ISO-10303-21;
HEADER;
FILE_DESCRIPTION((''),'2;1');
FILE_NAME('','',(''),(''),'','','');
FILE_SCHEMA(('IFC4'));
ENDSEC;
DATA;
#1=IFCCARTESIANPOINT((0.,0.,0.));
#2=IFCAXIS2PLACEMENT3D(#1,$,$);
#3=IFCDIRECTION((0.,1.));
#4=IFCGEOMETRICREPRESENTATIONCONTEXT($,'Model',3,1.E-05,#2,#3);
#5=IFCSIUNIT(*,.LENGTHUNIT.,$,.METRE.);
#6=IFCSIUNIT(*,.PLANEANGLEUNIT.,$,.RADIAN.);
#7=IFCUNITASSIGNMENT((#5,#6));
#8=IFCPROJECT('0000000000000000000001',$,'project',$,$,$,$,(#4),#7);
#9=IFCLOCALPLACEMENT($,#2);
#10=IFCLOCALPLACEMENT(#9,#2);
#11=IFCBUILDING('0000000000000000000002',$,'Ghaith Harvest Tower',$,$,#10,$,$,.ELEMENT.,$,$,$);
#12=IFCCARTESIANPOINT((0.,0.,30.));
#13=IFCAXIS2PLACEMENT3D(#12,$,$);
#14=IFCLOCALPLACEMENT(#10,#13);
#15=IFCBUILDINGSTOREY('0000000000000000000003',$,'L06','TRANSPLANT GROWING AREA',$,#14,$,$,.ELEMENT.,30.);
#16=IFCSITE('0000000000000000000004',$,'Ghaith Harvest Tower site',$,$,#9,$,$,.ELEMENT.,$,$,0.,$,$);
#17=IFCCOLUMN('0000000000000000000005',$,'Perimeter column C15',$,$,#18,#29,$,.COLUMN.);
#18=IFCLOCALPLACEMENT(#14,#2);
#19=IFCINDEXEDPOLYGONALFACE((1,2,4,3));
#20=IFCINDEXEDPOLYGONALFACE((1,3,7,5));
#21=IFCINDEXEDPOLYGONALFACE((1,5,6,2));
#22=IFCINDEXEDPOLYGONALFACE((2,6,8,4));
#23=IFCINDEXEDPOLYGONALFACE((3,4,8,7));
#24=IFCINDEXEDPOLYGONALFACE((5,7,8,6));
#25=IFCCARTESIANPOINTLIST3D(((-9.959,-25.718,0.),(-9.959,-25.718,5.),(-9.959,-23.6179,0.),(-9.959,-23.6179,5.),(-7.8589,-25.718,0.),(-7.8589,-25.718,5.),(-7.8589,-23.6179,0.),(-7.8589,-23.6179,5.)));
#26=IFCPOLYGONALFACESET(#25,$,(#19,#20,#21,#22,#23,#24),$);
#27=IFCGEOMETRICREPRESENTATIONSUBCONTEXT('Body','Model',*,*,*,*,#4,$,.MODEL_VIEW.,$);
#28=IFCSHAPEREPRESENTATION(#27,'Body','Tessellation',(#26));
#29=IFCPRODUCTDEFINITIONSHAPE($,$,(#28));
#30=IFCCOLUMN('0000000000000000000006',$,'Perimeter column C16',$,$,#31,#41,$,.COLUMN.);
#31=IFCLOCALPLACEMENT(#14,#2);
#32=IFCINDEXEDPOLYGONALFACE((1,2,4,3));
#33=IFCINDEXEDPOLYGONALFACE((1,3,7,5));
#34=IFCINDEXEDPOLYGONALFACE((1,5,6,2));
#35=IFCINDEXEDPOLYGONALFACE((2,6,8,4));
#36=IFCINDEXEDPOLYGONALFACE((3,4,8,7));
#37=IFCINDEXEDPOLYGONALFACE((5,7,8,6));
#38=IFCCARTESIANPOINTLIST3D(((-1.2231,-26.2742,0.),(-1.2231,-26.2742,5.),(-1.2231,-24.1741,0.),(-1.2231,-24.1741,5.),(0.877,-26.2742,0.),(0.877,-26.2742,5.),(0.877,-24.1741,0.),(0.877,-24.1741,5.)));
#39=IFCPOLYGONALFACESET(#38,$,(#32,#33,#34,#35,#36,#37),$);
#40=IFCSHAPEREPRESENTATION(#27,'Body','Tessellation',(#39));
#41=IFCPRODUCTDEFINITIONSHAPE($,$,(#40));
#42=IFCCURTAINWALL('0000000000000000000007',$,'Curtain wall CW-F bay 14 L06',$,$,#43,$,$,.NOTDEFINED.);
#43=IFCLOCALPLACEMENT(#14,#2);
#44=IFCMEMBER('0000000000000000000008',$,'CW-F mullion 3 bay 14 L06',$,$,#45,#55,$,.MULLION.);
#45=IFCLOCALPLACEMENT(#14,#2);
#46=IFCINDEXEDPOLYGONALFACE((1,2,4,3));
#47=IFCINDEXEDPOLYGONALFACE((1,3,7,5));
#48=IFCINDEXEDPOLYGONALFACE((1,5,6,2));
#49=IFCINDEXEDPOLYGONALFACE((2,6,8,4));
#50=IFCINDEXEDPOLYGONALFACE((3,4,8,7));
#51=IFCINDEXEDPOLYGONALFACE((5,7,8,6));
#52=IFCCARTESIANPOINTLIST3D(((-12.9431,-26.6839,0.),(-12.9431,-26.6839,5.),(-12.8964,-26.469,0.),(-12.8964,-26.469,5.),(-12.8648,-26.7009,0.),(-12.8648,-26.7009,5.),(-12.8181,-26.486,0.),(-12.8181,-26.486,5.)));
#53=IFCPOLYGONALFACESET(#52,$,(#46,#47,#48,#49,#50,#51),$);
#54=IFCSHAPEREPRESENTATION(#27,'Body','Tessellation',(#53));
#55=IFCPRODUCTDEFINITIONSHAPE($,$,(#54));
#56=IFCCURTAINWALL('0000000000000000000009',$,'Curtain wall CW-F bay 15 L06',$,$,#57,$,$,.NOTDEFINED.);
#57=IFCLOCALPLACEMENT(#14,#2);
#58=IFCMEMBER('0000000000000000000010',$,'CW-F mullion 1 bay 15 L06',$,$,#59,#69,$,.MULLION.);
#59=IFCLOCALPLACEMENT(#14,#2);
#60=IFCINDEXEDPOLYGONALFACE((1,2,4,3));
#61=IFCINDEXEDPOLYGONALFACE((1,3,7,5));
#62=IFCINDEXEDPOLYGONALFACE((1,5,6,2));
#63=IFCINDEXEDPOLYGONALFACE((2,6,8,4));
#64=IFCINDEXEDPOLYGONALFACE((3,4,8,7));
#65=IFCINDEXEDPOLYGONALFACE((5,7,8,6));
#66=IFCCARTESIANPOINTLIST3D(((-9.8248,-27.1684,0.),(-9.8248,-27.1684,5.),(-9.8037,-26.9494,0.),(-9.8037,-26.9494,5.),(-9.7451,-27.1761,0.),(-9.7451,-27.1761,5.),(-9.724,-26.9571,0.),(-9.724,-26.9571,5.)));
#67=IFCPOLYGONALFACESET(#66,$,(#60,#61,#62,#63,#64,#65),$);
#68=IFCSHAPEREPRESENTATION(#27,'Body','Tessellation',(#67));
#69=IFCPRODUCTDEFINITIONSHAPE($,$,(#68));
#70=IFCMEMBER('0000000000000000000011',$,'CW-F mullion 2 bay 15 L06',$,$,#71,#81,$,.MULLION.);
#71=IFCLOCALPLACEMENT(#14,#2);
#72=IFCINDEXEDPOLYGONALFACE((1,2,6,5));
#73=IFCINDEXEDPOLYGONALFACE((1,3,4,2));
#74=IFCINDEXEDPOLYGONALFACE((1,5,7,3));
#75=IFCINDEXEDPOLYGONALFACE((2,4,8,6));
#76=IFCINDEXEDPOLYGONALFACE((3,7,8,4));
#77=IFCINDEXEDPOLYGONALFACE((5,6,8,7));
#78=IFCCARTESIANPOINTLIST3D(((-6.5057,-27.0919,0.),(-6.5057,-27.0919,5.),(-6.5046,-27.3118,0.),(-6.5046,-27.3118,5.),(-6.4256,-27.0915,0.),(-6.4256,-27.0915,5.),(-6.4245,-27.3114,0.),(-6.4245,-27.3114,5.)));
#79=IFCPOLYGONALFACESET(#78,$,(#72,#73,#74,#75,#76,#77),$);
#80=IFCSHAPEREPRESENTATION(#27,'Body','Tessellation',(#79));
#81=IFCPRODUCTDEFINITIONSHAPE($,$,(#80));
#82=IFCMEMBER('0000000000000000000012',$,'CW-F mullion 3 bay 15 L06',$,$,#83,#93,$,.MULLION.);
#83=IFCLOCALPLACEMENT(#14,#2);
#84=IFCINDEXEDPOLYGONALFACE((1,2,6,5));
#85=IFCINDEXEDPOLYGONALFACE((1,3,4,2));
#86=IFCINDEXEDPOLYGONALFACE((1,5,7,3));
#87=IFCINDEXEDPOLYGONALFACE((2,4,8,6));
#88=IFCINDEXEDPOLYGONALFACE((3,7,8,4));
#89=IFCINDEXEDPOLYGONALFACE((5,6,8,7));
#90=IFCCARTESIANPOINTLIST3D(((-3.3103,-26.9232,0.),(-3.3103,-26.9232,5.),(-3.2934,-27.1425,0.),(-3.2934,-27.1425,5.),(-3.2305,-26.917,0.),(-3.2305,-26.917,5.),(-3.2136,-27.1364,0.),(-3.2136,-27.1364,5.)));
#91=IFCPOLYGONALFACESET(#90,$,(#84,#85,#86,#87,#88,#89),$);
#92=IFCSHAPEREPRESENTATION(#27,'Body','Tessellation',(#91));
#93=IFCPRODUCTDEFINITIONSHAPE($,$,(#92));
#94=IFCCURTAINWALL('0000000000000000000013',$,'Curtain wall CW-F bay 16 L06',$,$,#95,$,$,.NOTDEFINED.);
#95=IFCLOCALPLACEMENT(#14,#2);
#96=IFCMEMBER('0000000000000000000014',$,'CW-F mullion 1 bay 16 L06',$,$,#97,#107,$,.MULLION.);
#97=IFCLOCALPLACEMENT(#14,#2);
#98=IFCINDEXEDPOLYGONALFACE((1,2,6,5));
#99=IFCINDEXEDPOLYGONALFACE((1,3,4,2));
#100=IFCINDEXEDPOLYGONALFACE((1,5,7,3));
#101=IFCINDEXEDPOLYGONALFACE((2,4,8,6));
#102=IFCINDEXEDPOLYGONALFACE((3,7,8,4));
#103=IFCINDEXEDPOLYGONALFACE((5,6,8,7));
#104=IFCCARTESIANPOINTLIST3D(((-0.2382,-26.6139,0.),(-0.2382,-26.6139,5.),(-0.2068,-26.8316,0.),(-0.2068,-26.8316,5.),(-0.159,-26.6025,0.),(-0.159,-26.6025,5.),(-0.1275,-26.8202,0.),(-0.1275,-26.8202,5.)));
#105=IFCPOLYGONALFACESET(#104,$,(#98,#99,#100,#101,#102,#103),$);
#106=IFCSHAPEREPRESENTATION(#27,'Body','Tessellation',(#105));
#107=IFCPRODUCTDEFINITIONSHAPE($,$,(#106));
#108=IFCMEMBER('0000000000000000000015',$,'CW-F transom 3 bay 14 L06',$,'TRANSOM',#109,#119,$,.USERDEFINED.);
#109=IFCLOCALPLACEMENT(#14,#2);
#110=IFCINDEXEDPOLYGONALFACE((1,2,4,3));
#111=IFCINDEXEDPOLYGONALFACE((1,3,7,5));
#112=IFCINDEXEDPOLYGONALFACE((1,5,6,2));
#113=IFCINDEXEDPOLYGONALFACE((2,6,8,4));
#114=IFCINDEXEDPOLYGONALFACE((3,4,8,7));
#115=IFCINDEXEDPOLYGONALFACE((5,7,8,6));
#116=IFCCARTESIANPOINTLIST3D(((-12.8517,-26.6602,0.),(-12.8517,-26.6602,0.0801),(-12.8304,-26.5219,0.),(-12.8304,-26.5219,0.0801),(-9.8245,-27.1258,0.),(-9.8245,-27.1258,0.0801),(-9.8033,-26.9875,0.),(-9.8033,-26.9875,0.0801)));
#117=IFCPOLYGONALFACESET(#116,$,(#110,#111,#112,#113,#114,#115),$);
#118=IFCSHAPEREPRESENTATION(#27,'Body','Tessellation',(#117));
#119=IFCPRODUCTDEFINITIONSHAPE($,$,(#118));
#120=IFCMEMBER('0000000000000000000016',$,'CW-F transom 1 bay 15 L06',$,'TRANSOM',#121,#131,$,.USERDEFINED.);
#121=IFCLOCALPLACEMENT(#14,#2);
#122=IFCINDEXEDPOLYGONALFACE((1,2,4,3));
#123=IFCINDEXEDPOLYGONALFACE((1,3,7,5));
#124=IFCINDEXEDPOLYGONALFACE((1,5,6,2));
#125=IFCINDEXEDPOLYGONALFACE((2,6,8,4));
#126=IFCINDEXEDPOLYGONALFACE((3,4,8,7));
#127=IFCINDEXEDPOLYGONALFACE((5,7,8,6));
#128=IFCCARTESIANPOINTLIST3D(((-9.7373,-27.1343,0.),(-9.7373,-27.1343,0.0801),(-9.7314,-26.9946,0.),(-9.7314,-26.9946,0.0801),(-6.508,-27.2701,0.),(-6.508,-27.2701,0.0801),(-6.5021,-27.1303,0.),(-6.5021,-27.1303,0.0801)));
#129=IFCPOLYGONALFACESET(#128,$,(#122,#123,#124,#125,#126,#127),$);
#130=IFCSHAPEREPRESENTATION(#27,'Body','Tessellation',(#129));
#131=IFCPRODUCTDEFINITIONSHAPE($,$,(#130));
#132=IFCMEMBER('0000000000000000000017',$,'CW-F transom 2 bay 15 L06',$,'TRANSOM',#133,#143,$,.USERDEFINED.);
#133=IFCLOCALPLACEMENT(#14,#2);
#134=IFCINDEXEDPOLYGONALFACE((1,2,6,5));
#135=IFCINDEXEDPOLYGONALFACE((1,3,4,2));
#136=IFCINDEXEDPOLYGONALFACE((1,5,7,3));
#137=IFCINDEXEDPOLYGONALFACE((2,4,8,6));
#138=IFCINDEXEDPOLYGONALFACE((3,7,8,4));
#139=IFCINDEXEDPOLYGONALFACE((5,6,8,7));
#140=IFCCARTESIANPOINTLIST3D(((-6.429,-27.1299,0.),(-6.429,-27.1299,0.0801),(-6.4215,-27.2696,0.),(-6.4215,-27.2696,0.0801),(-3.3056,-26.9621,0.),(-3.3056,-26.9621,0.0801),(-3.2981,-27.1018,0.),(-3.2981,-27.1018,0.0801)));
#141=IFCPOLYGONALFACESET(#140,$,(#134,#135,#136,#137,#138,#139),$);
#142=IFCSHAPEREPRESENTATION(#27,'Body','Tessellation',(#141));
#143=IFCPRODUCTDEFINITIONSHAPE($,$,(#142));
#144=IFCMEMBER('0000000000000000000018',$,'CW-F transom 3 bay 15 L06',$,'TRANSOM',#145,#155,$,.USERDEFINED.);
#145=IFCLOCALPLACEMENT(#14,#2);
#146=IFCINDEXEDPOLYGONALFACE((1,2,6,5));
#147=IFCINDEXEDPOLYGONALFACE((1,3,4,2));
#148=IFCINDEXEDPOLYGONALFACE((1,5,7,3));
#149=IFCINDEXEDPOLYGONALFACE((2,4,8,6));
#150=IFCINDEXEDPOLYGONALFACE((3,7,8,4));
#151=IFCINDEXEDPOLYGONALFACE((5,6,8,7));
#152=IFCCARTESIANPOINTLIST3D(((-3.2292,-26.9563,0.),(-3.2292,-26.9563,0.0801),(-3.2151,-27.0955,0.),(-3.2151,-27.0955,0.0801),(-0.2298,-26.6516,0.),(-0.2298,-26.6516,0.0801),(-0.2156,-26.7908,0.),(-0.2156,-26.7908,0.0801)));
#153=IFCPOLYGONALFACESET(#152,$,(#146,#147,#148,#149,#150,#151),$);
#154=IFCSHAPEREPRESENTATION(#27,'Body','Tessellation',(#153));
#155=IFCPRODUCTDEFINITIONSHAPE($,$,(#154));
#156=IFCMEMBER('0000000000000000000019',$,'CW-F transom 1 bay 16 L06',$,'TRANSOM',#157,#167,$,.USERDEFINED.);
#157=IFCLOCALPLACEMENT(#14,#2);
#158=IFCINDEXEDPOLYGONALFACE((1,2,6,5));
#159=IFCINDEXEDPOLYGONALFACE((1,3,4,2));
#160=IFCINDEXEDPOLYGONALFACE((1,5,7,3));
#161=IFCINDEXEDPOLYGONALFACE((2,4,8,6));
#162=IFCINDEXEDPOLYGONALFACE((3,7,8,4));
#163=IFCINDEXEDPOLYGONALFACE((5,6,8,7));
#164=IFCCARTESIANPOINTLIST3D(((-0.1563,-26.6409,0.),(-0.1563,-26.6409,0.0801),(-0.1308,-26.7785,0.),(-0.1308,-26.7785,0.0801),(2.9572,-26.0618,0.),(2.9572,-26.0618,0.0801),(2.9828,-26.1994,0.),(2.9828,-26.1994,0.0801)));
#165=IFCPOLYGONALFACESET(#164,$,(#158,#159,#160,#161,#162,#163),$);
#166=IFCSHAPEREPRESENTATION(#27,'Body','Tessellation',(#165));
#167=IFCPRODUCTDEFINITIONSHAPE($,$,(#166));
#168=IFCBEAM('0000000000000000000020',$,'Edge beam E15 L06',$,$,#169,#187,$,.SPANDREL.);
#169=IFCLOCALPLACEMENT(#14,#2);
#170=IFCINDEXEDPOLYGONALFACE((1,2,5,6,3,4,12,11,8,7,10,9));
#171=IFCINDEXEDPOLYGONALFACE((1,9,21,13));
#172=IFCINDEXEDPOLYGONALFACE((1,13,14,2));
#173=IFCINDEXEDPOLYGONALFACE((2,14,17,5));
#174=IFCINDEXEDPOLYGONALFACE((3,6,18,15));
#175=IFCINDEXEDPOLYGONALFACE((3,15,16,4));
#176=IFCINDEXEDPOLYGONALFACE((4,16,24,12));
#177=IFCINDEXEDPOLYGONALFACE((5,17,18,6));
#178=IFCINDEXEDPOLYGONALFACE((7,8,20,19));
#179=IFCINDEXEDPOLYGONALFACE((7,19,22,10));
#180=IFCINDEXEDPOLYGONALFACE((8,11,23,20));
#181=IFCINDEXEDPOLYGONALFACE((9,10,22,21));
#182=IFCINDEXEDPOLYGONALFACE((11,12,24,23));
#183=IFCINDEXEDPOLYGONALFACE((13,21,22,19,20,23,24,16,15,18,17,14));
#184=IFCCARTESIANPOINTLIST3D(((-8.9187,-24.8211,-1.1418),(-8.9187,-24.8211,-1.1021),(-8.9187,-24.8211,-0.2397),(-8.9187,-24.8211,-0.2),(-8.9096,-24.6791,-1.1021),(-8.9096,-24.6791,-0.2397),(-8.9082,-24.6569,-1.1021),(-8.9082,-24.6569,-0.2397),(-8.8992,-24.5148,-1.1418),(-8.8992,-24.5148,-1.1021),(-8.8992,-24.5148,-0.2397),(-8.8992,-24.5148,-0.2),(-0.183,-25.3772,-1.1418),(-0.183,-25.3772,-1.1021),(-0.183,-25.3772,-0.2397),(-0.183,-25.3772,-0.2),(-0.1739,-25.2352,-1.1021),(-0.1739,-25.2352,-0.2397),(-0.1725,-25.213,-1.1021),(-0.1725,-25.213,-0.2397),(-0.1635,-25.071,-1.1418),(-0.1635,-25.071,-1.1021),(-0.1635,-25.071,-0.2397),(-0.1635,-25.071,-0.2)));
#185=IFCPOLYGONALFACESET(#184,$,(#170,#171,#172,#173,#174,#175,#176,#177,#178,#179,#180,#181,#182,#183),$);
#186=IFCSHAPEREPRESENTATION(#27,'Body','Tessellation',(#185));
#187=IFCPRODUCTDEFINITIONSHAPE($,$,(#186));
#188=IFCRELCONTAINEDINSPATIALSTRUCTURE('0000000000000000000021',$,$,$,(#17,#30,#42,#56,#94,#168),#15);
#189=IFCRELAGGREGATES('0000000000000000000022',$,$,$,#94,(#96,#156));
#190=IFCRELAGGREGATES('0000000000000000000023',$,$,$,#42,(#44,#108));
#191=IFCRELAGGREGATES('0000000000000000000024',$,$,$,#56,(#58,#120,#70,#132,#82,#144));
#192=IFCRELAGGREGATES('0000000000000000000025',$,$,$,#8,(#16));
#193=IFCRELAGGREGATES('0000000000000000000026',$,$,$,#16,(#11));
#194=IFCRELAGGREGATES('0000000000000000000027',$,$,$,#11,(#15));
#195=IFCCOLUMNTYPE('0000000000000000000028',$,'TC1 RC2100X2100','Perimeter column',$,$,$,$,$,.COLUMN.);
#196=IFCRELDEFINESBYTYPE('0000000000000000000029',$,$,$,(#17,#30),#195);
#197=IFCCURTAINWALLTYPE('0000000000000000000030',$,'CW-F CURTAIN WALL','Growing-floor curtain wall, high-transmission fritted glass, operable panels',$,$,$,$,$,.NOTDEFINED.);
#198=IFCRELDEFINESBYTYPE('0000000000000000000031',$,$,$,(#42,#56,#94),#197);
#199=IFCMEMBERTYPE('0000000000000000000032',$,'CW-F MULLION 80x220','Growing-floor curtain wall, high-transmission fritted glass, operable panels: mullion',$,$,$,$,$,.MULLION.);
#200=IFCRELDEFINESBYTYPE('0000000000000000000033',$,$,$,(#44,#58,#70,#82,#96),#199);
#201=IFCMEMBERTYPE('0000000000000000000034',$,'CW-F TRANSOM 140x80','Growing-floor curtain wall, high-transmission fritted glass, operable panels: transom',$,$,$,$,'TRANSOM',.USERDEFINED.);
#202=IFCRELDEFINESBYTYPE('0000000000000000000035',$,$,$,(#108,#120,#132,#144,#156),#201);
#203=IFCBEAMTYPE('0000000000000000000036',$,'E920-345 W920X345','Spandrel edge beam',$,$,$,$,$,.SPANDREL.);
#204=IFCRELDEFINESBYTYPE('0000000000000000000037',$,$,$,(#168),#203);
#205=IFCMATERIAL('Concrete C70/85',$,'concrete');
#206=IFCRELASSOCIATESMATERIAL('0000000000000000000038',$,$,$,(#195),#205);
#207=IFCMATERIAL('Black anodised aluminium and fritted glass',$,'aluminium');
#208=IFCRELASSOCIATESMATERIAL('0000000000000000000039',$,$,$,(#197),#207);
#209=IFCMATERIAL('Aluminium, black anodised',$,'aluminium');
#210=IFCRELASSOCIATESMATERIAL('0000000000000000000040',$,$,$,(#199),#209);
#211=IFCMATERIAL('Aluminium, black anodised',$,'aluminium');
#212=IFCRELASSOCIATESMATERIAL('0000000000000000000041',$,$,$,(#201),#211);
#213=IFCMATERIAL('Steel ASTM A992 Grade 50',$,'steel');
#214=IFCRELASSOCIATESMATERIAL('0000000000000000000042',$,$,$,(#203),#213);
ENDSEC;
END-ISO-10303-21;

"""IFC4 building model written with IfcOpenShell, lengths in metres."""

from ifc_helpers import new_model, si_unit, direction, frame, origin, origin_2d, place, context, subcontext, project, spatial, rectangle, i_section, extrude, material, material_profile, profile_set, type_object, element, aggregate, save


model = new_model("IFC4")

# Units and contexts
model_context = context("Model", 3, precision=1e-05, world=origin(), true_north=direction((0.0, 1.0)))
body_context = subcontext(model_context, "Body", "Model", "MODEL_VIEW")
ifc_project = project(units=[si_unit("LENGTHUNIT", "METRE"), si_unit("PLANEANGLEUNIT", "RADIAN")], contexts=[model_context])

# Site, building, storey
site_placement = place(None, origin())
site = spatial("IfcSite", under=ifc_project, at=site_placement, Name="Ghaith Harvest Tower site", CompositionType="ELEMENT", RefElevation=0.0)
building_placement = place(site_placement, origin())
building = spatial("IfcBuilding", under=site, at=building_placement, Name="Ghaith Harvest Tower", CompositionType="ELEMENT")
storey_placement = place(building_placement, frame((0.0, 0.0, 30.0)))
storey = spatial("IfcBuildingStorey", under=building, at=storey_placement, Name="L06", Description="TRANSPLANT GROWING AREA", CompositionType="ELEMENT", Elevation=30.0)

# Columns
ifc_material_1 = material(Name="Concrete C70/85", Category="concrete")
ifc_material_profile_1 = material_profile(ifc_material_1, rectangle(XDim=2.1001, YDim=2.1001, at=origin_2d()), Name="RC2100X2100")
ifc_profile_set_1 = profile_set([ifc_material_profile_1], Name="Concrete C70/85")
column_type = type_object("IfcColumnType", Name="TC1 RC2100X2100", Description="Perimeter column", PredefinedType="COLUMN", material=ifc_profile_set_1)
for number, where, z_axis, x_axis, name in (
    (1, (-8.9089, -24.668, 0.0), (0.0, 0.0, 1.0), (1.0, 0.0, 0.0), "Perimeter column C15"),
    (2, (-0.1731, -25.2241, 0.0), (0.0, 0.0, 1.0), (1.0, 0.0, 0.0), "Perimeter column C16"),
):
    element("IfcColumn", number, at=place(storey_placement, frame(where, z_axis=z_axis, x_axis=x_axis)), inside=storey, type_object=column_type, Name=name, PredefinedType="COLUMN", context=body_context, shape_type="SweptSolid", body=[
        extrude(rectangle(XDim=2.1001, YDim=2.1001, at=origin_2d()), origin(), (0.0, 0.0, 1.0), 5.0),
    ])

# Curtain wall, member
ifc_material_2 = material(Name="Black anodised aluminium and fritted glass", Category="aluminium")
curtain_wall_type = type_object("IfcCurtainWallType", Name="CW-F CURTAIN WALL", Description="Growing-floor curtain wall, high-transmission fritted glass, operable panels", PredefinedType="NOTDEFINED", material=ifc_material_2)
curtain_wall_1_placement = place(storey_placement, origin())
curtain_wall_1 = element("IfcCurtainWall", 3, at=curtain_wall_1_placement, inside=storey, type_object=curtain_wall_type, Name="Curtain wall CW-F bay 14 L06", PredefinedType="NOTDEFINED")
ifc_material_3 = material(Name="Aluminium, black anodised", Category="aluminium")
ifc_material_profile_2 = material_profile(ifc_material_3, rectangle(XDim=0.0801, YDim=0.22, at=origin_2d()), Name="CW-F MULLION 80x220")
ifc_profile_set_2 = profile_set([ifc_material_profile_2], Name="Aluminium, black anodised")
member_type_1 = type_object("IfcMemberType", Name="CW-F MULLION 80x220", Description="Growing-floor curtain wall, high-transmission fritted glass, operable panels: mullion", PredefinedType="MULLION", material=ifc_profile_set_2)
member_1_placement = place(storey_placement, frame((-12.8806, -26.585, 0.0), z_axis=(0.0, 0.0, 1.0), x_axis=(0.977207, -0.212289, 0.0)))
member_1 = element("IfcMember", 4, at=member_1_placement, type_object=member_type_1, Name="CW-F mullion 3 bay 14 L06", PredefinedType="MULLION", context=body_context, shape_type="SweptSolid", body=[
    extrude(rectangle(XDim=0.0801, YDim=0.22, at=origin_2d()), origin(), (0.0, 0.0, 1.0), 5.0),
])

# Curtain wall, members
curtain_wall_2_placement = place(storey_placement, origin())
curtain_wall_2 = element("IfcCurtainWall", 5, at=curtain_wall_2_placement, inside=storey, type_object=curtain_wall_type, Name="Curtain wall CW-F bay 15 L06", PredefinedType="NOTDEFINED")
member_2_placement = place(storey_placement, frame((-9.7744, -27.0627, 0.0), z_axis=(0.0, 0.0, 1.0), x_axis=(0.995408, -0.095718, 0.0)))
member_2 = element("IfcMember", 6, at=member_2_placement, type_object=member_type_1, Name="CW-F mullion 1 bay 15 L06", PredefinedType="MULLION", context=body_context, shape_type="SweptSolid", body=[
    extrude(rectangle(XDim=0.0801, YDim=0.22, at=origin_2d()), origin(), (0.0, 0.0, 1.0), 5.0),
])
member_3_placement = place(storey_placement, frame((-6.4651, -27.2017, 0.0), z_axis=(0.0, 0.0, 1.0), x_axis=(0.999987, 0.005058, 0.0)))
member_3 = element("IfcMember", 7, at=member_3_placement, type_object=member_type_1, Name="CW-F mullion 2 bay 15 L06", PredefinedType="MULLION", context=body_context, shape_type="SweptSolid", body=[
    extrude(rectangle(XDim=0.0801, YDim=0.22, at=origin_2d()), origin(), (0.0, 0.0, 1.0), 5.0),
])
member_4_placement = place(storey_placement, frame((-3.262, -27.0298, 0.0), z_axis=(0.0, 0.0, 1.0), x_axis=(0.997038, 0.076917, 0.0)))
member_4 = element("IfcMember", 8, at=member_4_placement, type_object=member_type_1, Name="CW-F mullion 3 bay 15 L06", PredefinedType="MULLION", context=body_context, shape_type="SweptSolid", body=[
    extrude(rectangle(XDim=0.0801, YDim=0.22, at=origin_2d()), origin(), (0.0, 0.0, 1.0), 5.0),
])

# Curtain wall, member
curtain_wall_3_placement = place(storey_placement, origin())
curtain_wall_3 = element("IfcCurtainWall", 9, at=curtain_wall_3_placement, inside=storey, type_object=curtain_wall_type, Name="Curtain wall CW-F bay 16 L06", PredefinedType="NOTDEFINED")
member_5_placement = place(storey_placement, frame((-0.1829, -26.717, 0.0), z_axis=(0.0, 0.0, 1.0), x_axis=(0.989712, 0.143075, 0.0)))
member_5 = element("IfcMember", 10, at=member_5_placement, type_object=member_type_1, Name="CW-F mullion 1 bay 16 L06", PredefinedType="MULLION", context=body_context, shape_type="SweptSolid", body=[
    extrude(rectangle(XDim=0.0801, YDim=0.22, at=origin_2d()), origin(), (0.0, 0.0, 1.0), 5.0),
])

# Members
ifc_material_4 = material(Name="Aluminium, black anodised", Category="aluminium")
ifc_material_profile_3 = material_profile(ifc_material_4, rectangle(XDim=0.1399, YDim=0.0801, at=origin_2d()), Name="CW-F TRANSOM 140x80")
ifc_profile_set_3 = profile_set([ifc_material_profile_3], Name="Aluminium, black anodised")
member_type_2 = type_object("IfcMemberType", Name="CW-F TRANSOM 140x80", Description="Growing-floor curtain wall, high-transmission fritted glass, operable panels: transom", ElementType="TRANSOM", PredefinedType="USERDEFINED", material=ifc_profile_set_3)
member_6_placement = place(storey_placement, frame((-12.8411, -26.5911, 0.04), z_axis=(0.988378, -0.152015, 0.0), x_axis=(0.152015, 0.988378, 0.0)))
member_6 = element("IfcMember", 11, at=member_6_placement, type_object=member_type_2, Name="CW-F transom 3 bay 14 L06", ObjectType="TRANSOM", PredefinedType="USERDEFINED", context=body_context, shape_type="SweptSolid", body=[
    extrude(rectangle(XDim=0.1399, YDim=0.0801, at=origin_2d()), origin(), (0.0, 0.0, 1.0), 3.0627),
])
member_7_placement = place(storey_placement, frame((-9.7344, -27.0645, 0.04), z_axis=(0.999118, -0.041998, 0.0), x_axis=(0.041998, 0.999118, 0.0)))
member_7 = element("IfcMember", 12, at=member_7_placement, type_object=member_type_2, Name="CW-F transom 1 bay 15 L06", ObjectType="TRANSOM", PredefinedType="USERDEFINED", context=body_context, shape_type="SweptSolid", body=[
    extrude(rectangle(XDim=0.1399, YDim=0.0801, at=origin_2d()), origin(), (0.0, 0.0, 1.0), 3.2322),
])
member_8_placement = place(storey_placement, frame((-6.4253, -27.1997, 0.04), z_axis=(0.998561, 0.05362, 0.0), x_axis=(-0.05362, 0.998561, 0.0)))
member_8 = element("IfcMember", 13, at=member_8_placement, type_object=member_type_2, Name="CW-F transom 2 bay 15 L06", ObjectType="TRANSOM", PredefinedType="USERDEFINED", context=body_context, shape_type="SweptSolid", body=[
    extrude(rectangle(XDim=0.1399, YDim=0.0801, at=origin_2d()), origin(), (0.0, 0.0, 1.0), 3.1279),
])
member_9_placement = place(storey_placement, frame((-3.2222, -27.0259, 0.04), z_axis=(0.99488, 0.101059, 0.0), x_axis=(-0.101059, 0.99488, 0.0)))
member_9 = element("IfcMember", 14, at=member_9_placement, type_object=member_type_2, Name="CW-F transom 3 bay 15 L06", ObjectType="TRANSOM", PredefinedType="USERDEFINED", context=body_context, shape_type="SweptSolid", body=[
    extrude(rectangle(XDim=0.1399, YDim=0.0801, at=origin_2d()), origin(), (0.0, 0.0, 1.0), 3.0149),
])
member_10_placement = place(storey_placement, frame((-0.1436, -26.7097, 0.04), z_axis=(0.983139, 0.182859, 0.0), x_axis=(-0.182859, 0.983139, 0.0)))
member_10 = element("IfcMember", 15, at=member_10_placement, type_object=member_type_2, Name="CW-F transom 1 bay 16 L06", ObjectType="TRANSOM", PredefinedType="USERDEFINED", context=body_context, shape_type="SweptSolid", body=[
    extrude(rectangle(XDim=0.1399, YDim=0.0801, at=origin_2d()), origin(), (0.0, 0.0, 1.0), 3.167),
])
aggregate(curtain_wall_3, [member_5, member_10])

# Beam
ifc_material_5 = material(Name="Steel ASTM A992 Grade 50", Category="steel")
ifc_material_profile_4 = material_profile(ifc_material_5, i_section(OverallWidth=0.3069, OverallDepth=0.9419, WebThickness=0.0222, FlangeThickness=0.0398, at=origin_2d()), Name="W920X345")
ifc_profile_set_4 = profile_set([ifc_material_profile_4], Name="Steel ASTM A992 Grade 50")
beam_type_1 = type_object("IfcBeamType", Name="E920-345 W920X345", Description="Spandrel edge beam", PredefinedType="SPANDREL", material=ifc_profile_set_4)
beam_1_placement = place(storey_placement, frame((-8.9089, -24.668, -0.6709), z_axis=(0.99798, -0.063535, 0.0), x_axis=(0.063535, 0.99798, 0.0)))
element("IfcBeam", 16, at=beam_1_placement, inside=storey, type_object=beam_type_1, Name="Edge beam E15 L06", PredefinedType="SPANDREL", context=body_context, shape_type="SweptSolid", body=[
    extrude(i_section(OverallWidth=0.3069, OverallDepth=0.9419, WebThickness=0.0222, FlangeThickness=0.0398, at=origin_2d()), origin(), (0.0, 0.0, 1.0), 8.7534),
])

aggregate(curtain_wall_1, [member_1, member_6])
aggregate(curtain_wall_2, [member_2, member_7, member_3, member_8, member_4, member_9])

save(model, "model.ifc")
